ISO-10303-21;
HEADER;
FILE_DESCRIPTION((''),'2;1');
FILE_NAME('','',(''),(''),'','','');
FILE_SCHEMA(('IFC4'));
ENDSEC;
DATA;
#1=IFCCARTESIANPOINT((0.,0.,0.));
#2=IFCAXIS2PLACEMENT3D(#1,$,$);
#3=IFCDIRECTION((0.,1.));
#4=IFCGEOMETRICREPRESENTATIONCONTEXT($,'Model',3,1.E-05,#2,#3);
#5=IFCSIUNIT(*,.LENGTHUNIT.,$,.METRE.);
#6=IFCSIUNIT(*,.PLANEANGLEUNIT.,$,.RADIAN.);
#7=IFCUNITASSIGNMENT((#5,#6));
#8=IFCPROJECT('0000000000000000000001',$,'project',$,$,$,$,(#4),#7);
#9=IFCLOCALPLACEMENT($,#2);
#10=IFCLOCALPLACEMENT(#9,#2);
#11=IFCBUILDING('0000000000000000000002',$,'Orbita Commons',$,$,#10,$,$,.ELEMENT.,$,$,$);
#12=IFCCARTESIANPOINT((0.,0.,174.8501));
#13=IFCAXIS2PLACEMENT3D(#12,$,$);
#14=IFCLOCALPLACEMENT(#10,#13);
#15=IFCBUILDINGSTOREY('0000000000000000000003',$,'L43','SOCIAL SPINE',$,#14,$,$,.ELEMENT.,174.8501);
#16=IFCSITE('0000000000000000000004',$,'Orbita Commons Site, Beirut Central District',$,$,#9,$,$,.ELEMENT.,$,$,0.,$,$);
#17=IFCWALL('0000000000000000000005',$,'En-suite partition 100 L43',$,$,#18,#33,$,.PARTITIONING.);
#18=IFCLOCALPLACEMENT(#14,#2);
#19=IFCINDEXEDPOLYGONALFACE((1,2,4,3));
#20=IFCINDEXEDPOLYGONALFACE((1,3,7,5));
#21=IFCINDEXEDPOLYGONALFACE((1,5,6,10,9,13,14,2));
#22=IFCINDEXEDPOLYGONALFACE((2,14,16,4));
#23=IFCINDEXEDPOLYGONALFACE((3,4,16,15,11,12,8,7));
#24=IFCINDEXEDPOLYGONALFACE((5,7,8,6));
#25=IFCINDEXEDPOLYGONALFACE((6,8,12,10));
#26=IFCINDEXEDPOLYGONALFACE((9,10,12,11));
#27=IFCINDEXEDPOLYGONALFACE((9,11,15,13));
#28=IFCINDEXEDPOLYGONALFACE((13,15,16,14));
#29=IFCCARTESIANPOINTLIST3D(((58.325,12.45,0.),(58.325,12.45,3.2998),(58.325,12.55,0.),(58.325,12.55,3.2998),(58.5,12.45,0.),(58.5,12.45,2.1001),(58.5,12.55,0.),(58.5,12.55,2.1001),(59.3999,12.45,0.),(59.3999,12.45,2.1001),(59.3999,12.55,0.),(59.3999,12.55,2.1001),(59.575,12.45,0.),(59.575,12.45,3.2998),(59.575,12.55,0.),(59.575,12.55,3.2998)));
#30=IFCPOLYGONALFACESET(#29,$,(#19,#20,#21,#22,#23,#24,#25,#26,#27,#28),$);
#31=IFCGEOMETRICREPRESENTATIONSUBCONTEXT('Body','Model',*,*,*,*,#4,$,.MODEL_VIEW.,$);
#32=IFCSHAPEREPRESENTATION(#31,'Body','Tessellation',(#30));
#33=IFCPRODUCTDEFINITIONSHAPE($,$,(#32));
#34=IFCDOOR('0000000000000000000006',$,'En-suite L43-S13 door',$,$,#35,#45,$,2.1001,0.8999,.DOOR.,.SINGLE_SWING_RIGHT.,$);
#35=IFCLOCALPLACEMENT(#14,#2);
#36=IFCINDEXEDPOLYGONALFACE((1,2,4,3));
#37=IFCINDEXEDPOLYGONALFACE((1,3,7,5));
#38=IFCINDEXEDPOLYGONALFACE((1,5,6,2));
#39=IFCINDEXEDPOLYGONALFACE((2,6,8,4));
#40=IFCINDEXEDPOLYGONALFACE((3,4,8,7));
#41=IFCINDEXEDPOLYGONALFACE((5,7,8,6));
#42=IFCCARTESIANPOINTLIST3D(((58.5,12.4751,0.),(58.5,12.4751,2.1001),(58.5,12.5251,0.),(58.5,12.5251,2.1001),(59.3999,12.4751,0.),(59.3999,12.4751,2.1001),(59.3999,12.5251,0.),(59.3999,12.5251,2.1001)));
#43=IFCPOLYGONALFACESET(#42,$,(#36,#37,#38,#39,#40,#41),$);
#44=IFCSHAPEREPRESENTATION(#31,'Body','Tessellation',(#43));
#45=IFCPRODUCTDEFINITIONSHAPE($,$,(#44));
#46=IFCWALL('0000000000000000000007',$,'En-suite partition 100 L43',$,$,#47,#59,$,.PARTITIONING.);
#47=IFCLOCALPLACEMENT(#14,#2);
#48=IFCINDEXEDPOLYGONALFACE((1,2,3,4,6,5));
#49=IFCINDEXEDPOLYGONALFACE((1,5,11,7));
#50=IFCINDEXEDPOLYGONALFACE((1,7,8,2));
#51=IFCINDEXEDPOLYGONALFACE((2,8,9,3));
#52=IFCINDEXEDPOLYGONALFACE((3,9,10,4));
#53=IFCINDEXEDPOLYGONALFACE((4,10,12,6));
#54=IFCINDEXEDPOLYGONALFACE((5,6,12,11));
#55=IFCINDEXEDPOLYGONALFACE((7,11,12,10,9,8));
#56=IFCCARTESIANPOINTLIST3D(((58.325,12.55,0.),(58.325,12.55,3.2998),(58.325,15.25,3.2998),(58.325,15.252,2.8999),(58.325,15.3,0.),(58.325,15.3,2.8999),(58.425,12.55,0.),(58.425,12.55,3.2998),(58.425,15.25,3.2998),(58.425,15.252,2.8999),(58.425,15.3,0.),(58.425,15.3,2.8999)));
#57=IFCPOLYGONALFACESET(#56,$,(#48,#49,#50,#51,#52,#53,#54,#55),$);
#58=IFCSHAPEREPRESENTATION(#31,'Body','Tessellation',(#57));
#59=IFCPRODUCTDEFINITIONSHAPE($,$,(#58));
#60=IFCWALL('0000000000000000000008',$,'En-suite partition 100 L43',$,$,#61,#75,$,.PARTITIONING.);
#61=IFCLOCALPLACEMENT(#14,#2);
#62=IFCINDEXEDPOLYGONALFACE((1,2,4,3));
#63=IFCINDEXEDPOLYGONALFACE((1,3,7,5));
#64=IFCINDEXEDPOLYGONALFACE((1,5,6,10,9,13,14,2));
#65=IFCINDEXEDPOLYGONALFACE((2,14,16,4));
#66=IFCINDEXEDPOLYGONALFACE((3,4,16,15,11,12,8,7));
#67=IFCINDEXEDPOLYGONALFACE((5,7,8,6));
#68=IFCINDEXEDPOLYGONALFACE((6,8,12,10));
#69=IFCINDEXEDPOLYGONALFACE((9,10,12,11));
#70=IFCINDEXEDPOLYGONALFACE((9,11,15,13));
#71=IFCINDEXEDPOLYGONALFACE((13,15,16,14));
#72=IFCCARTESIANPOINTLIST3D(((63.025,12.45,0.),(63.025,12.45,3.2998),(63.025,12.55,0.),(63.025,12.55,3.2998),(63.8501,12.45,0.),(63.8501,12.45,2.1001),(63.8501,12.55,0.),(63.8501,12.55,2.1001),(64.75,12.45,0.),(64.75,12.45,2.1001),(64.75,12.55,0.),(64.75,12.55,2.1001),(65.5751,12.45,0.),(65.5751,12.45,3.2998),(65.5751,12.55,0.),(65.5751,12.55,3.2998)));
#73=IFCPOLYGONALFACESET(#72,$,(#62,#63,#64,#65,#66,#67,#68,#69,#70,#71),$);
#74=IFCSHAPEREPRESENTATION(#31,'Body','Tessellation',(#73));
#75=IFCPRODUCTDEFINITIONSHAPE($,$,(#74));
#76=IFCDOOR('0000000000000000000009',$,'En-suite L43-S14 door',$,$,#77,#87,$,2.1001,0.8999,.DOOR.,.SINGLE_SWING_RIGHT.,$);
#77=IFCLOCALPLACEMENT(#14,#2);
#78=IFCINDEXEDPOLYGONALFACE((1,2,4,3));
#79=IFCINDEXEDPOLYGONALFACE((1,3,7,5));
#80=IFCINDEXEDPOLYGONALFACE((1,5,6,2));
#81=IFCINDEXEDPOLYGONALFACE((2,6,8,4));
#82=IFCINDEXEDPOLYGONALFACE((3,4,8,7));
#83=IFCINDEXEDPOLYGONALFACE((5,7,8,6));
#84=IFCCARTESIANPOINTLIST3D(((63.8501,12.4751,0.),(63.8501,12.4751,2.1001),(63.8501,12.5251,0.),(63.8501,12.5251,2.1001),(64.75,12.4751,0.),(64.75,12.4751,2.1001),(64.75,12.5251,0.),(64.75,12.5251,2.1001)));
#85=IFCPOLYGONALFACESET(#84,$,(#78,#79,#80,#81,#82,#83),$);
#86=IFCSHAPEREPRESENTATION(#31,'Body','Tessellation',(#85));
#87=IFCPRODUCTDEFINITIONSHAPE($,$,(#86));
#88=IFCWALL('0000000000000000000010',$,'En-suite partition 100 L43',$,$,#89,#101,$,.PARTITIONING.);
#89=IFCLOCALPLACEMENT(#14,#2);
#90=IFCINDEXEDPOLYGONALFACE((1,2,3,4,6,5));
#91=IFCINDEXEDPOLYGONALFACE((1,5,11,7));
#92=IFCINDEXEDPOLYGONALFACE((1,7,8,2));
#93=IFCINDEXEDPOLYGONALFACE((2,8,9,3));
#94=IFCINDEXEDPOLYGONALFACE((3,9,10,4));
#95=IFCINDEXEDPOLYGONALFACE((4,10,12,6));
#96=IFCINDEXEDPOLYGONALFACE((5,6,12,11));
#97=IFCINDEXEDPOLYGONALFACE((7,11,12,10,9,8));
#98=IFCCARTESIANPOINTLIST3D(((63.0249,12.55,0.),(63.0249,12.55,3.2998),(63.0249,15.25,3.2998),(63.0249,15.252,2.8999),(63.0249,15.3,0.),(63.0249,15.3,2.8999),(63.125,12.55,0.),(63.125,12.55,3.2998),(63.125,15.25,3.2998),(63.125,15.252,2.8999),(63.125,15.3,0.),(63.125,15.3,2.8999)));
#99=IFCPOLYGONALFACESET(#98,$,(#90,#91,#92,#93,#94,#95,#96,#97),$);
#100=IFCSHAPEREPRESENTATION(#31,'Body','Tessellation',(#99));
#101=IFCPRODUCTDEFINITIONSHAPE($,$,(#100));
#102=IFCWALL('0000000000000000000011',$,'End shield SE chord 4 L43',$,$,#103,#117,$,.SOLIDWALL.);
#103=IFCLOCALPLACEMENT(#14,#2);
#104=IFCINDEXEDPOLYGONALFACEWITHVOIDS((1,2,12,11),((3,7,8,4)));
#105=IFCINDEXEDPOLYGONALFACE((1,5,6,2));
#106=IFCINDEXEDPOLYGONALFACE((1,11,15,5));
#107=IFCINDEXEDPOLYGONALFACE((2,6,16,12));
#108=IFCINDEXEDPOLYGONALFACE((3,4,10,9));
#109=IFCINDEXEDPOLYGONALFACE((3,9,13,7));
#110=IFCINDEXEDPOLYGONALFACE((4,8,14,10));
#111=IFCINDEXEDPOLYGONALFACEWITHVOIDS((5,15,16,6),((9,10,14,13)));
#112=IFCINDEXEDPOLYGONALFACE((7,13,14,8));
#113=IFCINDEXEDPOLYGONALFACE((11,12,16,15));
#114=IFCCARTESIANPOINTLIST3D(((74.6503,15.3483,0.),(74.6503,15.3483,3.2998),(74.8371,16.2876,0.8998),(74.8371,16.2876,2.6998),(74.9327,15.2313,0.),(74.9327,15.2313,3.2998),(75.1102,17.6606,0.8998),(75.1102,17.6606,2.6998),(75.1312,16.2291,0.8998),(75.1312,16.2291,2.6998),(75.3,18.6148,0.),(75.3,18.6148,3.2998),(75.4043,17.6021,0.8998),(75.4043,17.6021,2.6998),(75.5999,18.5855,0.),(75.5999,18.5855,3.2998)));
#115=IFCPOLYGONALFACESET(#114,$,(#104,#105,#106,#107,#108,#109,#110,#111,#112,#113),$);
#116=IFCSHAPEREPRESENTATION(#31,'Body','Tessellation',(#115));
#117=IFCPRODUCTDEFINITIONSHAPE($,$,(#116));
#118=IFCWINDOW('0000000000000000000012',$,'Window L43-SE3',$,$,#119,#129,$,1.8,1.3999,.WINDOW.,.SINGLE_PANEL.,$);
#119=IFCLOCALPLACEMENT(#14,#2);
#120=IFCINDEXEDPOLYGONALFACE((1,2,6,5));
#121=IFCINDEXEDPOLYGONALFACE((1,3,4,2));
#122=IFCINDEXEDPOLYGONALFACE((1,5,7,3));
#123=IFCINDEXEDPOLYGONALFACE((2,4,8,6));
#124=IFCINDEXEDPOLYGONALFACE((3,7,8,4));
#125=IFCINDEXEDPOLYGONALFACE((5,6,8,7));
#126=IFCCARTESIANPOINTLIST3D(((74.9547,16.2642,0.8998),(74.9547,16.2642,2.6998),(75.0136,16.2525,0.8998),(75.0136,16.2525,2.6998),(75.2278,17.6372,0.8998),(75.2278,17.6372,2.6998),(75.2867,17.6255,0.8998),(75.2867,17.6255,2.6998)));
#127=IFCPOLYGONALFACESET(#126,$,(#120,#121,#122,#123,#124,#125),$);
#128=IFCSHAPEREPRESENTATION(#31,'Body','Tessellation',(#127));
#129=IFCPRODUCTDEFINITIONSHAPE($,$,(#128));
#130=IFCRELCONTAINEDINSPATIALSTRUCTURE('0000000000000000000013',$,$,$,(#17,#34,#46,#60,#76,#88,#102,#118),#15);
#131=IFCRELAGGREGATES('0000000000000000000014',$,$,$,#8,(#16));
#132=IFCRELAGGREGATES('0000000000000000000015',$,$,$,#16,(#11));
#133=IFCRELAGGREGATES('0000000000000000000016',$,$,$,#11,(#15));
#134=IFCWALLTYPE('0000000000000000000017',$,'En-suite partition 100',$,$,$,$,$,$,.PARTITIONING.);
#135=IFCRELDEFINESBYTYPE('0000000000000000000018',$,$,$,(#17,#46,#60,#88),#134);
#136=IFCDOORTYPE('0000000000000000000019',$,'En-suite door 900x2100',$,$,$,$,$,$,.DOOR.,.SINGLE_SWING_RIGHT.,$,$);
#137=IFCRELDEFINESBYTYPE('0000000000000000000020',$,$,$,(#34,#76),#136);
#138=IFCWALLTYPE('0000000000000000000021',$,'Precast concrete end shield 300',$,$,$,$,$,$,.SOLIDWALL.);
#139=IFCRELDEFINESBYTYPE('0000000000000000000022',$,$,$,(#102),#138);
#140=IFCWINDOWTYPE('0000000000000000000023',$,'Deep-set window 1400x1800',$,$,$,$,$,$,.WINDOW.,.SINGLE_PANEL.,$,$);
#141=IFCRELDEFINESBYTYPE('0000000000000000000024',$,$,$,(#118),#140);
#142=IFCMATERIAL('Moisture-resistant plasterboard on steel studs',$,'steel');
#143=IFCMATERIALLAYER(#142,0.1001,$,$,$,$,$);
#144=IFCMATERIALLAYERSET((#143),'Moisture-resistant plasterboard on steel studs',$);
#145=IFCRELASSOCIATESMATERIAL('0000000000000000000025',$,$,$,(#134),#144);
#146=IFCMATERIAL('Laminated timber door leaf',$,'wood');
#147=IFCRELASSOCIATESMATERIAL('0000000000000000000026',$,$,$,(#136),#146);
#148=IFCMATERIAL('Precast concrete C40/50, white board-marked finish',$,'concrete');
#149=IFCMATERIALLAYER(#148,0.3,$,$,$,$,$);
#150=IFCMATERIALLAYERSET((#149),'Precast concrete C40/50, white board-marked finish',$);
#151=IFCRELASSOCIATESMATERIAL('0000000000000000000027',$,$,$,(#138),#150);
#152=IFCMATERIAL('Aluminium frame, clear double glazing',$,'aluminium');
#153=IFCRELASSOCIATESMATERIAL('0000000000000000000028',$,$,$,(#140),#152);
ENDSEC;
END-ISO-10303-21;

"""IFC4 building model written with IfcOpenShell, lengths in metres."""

from ifc_helpers import new_model, si_unit, direction, frame, frame_2d, origin, place, context, subcontext, project, spatial, polyline, rectangle, outline, extrude, material, layer, layer_set, type_object, element, fill, save


model = new_model("IFC4")

# Units and contexts
model_context = context("Model", 3, precision=1e-05, world=origin(), true_north=direction((0.0, 1.0)))
body_context = subcontext(model_context, "Body", "Model", "MODEL_VIEW")
ifc_project = project(units=[si_unit("LENGTHUNIT", "METRE"), si_unit("PLANEANGLEUNIT", "RADIAN")], contexts=[model_context])

# Site, building, storey
site_placement = place(None, origin())
site = spatial("IfcSite", under=ifc_project, at=site_placement, Name="Orbita Commons Site, Beirut Central District", CompositionType="ELEMENT", RefElevation=0.0)
building_placement = place(site_placement, origin())
building = spatial("IfcBuilding", under=site, at=building_placement, Name="Orbita Commons", CompositionType="ELEMENT")
storey_placement = place(building_placement, frame((0.0, 0.0, 174.8501)))
storey = spatial("IfcBuildingStorey", under=building, at=storey_placement, Name="L43", Description="SOCIAL SPINE", CompositionType="ELEMENT", Elevation=174.8501)

# Wall, opening, door
ifc_material_1 = material(Name="Moisture-resistant plasterboard on steel studs", Category="steel")
ifc_layer_1 = layer(ifc_material_1, 0.1001)
ifc_layer_set_1 = layer_set([ifc_layer_1], Name="Moisture-resistant plasterboard on steel studs")
wall_type_1 = type_object("IfcWallType", Name="En-suite partition 100", PredefinedType="PARTITIONING", material=ifc_layer_set_1)
wall_1_placement = place(storey_placement, frame((59.575, 12.5, 0.0), z_axis=(0.0, 0.0, 1.0), x_axis=(-1.0, 0.0, 0.0)))
wall_1 = element("IfcWall", 1, at=wall_1_placement, inside=storey, type_object=wall_type_1, Name="En-suite partition 100 L43", PredefinedType="PARTITIONING", context=body_context, shape_type="SweptSolid", body=[
    extrude(rectangle(XDim=1.25, YDim=0.1001, at=frame_2d((0.625, 0.0))), origin(), (0.0, 0.0, 1.0), 3.2998),
])
opening_1_placement = place(wall_1_placement, frame((0.175, 0.0, 0.0)))
opening_1 = element("IfcOpeningElement", 2, at=opening_1_placement, cuts=wall_1, PredefinedType="OPENING", context=body_context, shape_type="SweptSolid", body=[
    extrude(rectangle(XDim=0.8999, YDim=2.1001, at=frame_2d((0.45, 1.05))), frame((0.0, 0.0601, 0.0), z_axis=(0.0, -1.0, 0.0), x_axis=(1.0, 0.0, 0.0)), (0.0, 0.0, 1.0), 0.1201),
])
ifc_material_2 = material(Name="Laminated timber door leaf", Category="wood")
door_type_1 = type_object("IfcDoorType", Name="En-suite door 900x2100", OperationType="SINGLE_SWING_RIGHT", PredefinedType="DOOR", material=ifc_material_2)
door_1_placement = place(opening_1_placement, origin())
door_1 = element("IfcDoor", 3, at=door_1_placement, inside=storey, type_object=door_type_1, Name="En-suite L43-S13 door", OperationType="SINGLE_SWING_RIGHT", OverallHeight=2.1001, OverallWidth=0.8999, PredefinedType="DOOR", context=body_context, shape_type="SweptSolid", body=[
    extrude(rectangle(XDim=0.8999, YDim=2.1001, at=frame_2d((0.45, 1.05))), frame((0.0, 0.0249, 0.0), z_axis=(0.0, -1.0, 0.0), x_axis=(1.0, 0.0, 0.0)), (0.0, 0.0, 1.0), 0.05),
])
fill(opening_1, door_1)

# Wall
wall_2_placement = place(storey_placement, frame((58.375, 12.55, 0.0), z_axis=(0.0, 0.0, 1.0), x_axis=(0.0, 1.0, 0.0)))
element("IfcWall", 4, at=wall_2_placement, inside=storey, type_object=wall_type_1, Name="En-suite partition 100 L43", PredefinedType="PARTITIONING", context=body_context, shape_type="SweptSolid", body=[
    extrude(outline(polyline([(0.0, 0.0), (2.75, 0.0), (2.75, 2.8999), (2.7019, 2.8999), (2.7, 3.2998), (0.0, 3.2998), (0.0, 0.0)])), frame((0.0, 0.05, 0.0), z_axis=(0.0, -1.0, 0.0), x_axis=(1.0, 0.0, 0.0)), (0.0, 0.0, 1.0), 0.1001),
])

# Wall, opening, door
wall_3_placement = place(storey_placement, frame((65.575, 12.5, 0.0), z_axis=(0.0, 0.0, 1.0), x_axis=(-1.0, 0.0, 0.0)))
wall_3 = element("IfcWall", 5, at=wall_3_placement, inside=storey, type_object=wall_type_1, Name="En-suite partition 100 L43", PredefinedType="PARTITIONING", context=body_context, shape_type="SweptSolid", body=[
    extrude(rectangle(XDim=2.55, YDim=0.1001, at=frame_2d((1.2749, 0.0))), origin(), (0.0, 0.0, 1.0), 3.2998),
])
opening_2_placement = place(wall_3_placement, frame((0.825, 0.0, 0.0)))
opening_2 = element("IfcOpeningElement", 6, at=opening_2_placement, cuts=wall_3, PredefinedType="OPENING", context=body_context, shape_type="SweptSolid", body=[
    extrude(rectangle(XDim=0.8999, YDim=2.1001, at=frame_2d((0.45, 1.05))), frame((0.0, 0.0601, 0.0), z_axis=(0.0, -1.0, 0.0), x_axis=(1.0, 0.0, 0.0)), (0.0, 0.0, 1.0), 0.1201),
])
door_2_placement = place(opening_2_placement, origin())
door_2 = element("IfcDoor", 7, at=door_2_placement, inside=storey, type_object=door_type_1, Name="En-suite L43-S14 door", OperationType="SINGLE_SWING_RIGHT", OverallHeight=2.1001, OverallWidth=0.8999, PredefinedType="DOOR", context=body_context, shape_type="SweptSolid", body=[
    extrude(rectangle(XDim=0.8999, YDim=2.1001, at=frame_2d((0.45, 1.05))), frame((0.0, 0.0249, 0.0), z_axis=(0.0, -1.0, 0.0), x_axis=(1.0, 0.0, 0.0)), (0.0, 0.0, 1.0), 0.05),
])
fill(opening_2, door_2)

# Wall
wall_4_placement = place(storey_placement, frame((63.075, 12.55, 0.0), z_axis=(0.0, 0.0, 1.0), x_axis=(0.0, 1.0, 0.0)))
element("IfcWall", 8, at=wall_4_placement, inside=storey, type_object=wall_type_1, Name="En-suite partition 100 L43", PredefinedType="PARTITIONING", context=body_context, shape_type="SweptSolid", body=[
    extrude(outline(polyline([(0.0, 0.0), (2.75, 0.0), (2.75, 2.8999), (2.7019, 2.8999), (2.7, 3.2998), (0.0, 3.2998), (0.0, 0.0)])), frame((0.0, 0.05, 0.0), z_axis=(0.0, -1.0, 0.0), x_axis=(1.0, 0.0, 0.0)), (0.0, 0.0, 1.0), 0.1001),
])

# Wall, opening, window
ifc_material_3 = material(Name="Precast concrete C40/50, white board-marked finish", Category="concrete")
ifc_layer_2 = layer(ifc_material_3, 0.3)
ifc_layer_set_2 = layer_set([ifc_layer_2], Name="Precast concrete C40/50, white board-marked finish")
wall_type_2 = type_object("IfcWallType", Name="Precast concrete end shield 300", PredefinedType="SOLIDWALL", material=ifc_layer_set_2)
wall_5_placement = place(storey_placement, frame((74.7915, 15.2898, 0.0), z_axis=(0.0, 0.0, 1.0), x_axis=(0.195087, 0.980786, 0.0)))
wall_5 = element("IfcWall", 9, at=wall_5_placement, inside=storey, type_object=wall_type_2, Name="End shield SE chord 4 L43", PredefinedType="SOLIDWALL", context=body_context, shape_type="SweptSolid", body=[
    extrude(outline(polyline([(-0.0298, -0.1499), (3.3901, -0.1499), (3.3604, 0.1499), (0.0298, 0.1499), (-0.0298, -0.1499)])), origin(), (0.0, 0.0, 1.0), 3.2998),
])
opening_3_placement = place(wall_5_placement, frame((0.9875, 0.0, 0.8999)))
opening_3 = element("IfcOpeningElement", 10, at=opening_3_placement, cuts=wall_5, PredefinedType="OPENING", context=body_context, shape_type="SweptSolid", body=[
    extrude(rectangle(XDim=1.3999, YDim=1.8, at=frame_2d((0.7, 0.8999))), frame((0.0, 0.1599, 0.0), z_axis=(0.0, -1.0, 0.0), x_axis=(1.0, 0.0, 0.0)), (0.0, 0.0, 1.0), 0.3201),
])
ifc_material_4 = material(Name="Aluminium frame, clear double glazing", Category="aluminium")
window_type = type_object("IfcWindowType", Name="Deep-set window 1400x1800", PartitioningType="SINGLE_PANEL", PredefinedType="WINDOW", material=ifc_material_4)
window_placement = place(opening_3_placement, origin())
window = element("IfcWindow", 11, at=window_placement, inside=storey, type_object=window_type, Name="Window L43-SE3", OverallHeight=1.8, OverallWidth=1.3999, PartitioningType="SINGLE_PANEL", PredefinedType="WINDOW", context=body_context, shape_type="SweptSolid", body=[
    extrude(rectangle(XDim=1.3999, YDim=1.8, at=frame_2d((0.7, 0.8999))), frame((0.0, 0.03, 0.0), z_axis=(0.0, -1.0, 0.0), x_axis=(1.0, 0.0, 0.0)), (0.0, 0.0, 1.0), 0.0601),
])
fill(opening_3, window)

save(model, "model.ifc")
